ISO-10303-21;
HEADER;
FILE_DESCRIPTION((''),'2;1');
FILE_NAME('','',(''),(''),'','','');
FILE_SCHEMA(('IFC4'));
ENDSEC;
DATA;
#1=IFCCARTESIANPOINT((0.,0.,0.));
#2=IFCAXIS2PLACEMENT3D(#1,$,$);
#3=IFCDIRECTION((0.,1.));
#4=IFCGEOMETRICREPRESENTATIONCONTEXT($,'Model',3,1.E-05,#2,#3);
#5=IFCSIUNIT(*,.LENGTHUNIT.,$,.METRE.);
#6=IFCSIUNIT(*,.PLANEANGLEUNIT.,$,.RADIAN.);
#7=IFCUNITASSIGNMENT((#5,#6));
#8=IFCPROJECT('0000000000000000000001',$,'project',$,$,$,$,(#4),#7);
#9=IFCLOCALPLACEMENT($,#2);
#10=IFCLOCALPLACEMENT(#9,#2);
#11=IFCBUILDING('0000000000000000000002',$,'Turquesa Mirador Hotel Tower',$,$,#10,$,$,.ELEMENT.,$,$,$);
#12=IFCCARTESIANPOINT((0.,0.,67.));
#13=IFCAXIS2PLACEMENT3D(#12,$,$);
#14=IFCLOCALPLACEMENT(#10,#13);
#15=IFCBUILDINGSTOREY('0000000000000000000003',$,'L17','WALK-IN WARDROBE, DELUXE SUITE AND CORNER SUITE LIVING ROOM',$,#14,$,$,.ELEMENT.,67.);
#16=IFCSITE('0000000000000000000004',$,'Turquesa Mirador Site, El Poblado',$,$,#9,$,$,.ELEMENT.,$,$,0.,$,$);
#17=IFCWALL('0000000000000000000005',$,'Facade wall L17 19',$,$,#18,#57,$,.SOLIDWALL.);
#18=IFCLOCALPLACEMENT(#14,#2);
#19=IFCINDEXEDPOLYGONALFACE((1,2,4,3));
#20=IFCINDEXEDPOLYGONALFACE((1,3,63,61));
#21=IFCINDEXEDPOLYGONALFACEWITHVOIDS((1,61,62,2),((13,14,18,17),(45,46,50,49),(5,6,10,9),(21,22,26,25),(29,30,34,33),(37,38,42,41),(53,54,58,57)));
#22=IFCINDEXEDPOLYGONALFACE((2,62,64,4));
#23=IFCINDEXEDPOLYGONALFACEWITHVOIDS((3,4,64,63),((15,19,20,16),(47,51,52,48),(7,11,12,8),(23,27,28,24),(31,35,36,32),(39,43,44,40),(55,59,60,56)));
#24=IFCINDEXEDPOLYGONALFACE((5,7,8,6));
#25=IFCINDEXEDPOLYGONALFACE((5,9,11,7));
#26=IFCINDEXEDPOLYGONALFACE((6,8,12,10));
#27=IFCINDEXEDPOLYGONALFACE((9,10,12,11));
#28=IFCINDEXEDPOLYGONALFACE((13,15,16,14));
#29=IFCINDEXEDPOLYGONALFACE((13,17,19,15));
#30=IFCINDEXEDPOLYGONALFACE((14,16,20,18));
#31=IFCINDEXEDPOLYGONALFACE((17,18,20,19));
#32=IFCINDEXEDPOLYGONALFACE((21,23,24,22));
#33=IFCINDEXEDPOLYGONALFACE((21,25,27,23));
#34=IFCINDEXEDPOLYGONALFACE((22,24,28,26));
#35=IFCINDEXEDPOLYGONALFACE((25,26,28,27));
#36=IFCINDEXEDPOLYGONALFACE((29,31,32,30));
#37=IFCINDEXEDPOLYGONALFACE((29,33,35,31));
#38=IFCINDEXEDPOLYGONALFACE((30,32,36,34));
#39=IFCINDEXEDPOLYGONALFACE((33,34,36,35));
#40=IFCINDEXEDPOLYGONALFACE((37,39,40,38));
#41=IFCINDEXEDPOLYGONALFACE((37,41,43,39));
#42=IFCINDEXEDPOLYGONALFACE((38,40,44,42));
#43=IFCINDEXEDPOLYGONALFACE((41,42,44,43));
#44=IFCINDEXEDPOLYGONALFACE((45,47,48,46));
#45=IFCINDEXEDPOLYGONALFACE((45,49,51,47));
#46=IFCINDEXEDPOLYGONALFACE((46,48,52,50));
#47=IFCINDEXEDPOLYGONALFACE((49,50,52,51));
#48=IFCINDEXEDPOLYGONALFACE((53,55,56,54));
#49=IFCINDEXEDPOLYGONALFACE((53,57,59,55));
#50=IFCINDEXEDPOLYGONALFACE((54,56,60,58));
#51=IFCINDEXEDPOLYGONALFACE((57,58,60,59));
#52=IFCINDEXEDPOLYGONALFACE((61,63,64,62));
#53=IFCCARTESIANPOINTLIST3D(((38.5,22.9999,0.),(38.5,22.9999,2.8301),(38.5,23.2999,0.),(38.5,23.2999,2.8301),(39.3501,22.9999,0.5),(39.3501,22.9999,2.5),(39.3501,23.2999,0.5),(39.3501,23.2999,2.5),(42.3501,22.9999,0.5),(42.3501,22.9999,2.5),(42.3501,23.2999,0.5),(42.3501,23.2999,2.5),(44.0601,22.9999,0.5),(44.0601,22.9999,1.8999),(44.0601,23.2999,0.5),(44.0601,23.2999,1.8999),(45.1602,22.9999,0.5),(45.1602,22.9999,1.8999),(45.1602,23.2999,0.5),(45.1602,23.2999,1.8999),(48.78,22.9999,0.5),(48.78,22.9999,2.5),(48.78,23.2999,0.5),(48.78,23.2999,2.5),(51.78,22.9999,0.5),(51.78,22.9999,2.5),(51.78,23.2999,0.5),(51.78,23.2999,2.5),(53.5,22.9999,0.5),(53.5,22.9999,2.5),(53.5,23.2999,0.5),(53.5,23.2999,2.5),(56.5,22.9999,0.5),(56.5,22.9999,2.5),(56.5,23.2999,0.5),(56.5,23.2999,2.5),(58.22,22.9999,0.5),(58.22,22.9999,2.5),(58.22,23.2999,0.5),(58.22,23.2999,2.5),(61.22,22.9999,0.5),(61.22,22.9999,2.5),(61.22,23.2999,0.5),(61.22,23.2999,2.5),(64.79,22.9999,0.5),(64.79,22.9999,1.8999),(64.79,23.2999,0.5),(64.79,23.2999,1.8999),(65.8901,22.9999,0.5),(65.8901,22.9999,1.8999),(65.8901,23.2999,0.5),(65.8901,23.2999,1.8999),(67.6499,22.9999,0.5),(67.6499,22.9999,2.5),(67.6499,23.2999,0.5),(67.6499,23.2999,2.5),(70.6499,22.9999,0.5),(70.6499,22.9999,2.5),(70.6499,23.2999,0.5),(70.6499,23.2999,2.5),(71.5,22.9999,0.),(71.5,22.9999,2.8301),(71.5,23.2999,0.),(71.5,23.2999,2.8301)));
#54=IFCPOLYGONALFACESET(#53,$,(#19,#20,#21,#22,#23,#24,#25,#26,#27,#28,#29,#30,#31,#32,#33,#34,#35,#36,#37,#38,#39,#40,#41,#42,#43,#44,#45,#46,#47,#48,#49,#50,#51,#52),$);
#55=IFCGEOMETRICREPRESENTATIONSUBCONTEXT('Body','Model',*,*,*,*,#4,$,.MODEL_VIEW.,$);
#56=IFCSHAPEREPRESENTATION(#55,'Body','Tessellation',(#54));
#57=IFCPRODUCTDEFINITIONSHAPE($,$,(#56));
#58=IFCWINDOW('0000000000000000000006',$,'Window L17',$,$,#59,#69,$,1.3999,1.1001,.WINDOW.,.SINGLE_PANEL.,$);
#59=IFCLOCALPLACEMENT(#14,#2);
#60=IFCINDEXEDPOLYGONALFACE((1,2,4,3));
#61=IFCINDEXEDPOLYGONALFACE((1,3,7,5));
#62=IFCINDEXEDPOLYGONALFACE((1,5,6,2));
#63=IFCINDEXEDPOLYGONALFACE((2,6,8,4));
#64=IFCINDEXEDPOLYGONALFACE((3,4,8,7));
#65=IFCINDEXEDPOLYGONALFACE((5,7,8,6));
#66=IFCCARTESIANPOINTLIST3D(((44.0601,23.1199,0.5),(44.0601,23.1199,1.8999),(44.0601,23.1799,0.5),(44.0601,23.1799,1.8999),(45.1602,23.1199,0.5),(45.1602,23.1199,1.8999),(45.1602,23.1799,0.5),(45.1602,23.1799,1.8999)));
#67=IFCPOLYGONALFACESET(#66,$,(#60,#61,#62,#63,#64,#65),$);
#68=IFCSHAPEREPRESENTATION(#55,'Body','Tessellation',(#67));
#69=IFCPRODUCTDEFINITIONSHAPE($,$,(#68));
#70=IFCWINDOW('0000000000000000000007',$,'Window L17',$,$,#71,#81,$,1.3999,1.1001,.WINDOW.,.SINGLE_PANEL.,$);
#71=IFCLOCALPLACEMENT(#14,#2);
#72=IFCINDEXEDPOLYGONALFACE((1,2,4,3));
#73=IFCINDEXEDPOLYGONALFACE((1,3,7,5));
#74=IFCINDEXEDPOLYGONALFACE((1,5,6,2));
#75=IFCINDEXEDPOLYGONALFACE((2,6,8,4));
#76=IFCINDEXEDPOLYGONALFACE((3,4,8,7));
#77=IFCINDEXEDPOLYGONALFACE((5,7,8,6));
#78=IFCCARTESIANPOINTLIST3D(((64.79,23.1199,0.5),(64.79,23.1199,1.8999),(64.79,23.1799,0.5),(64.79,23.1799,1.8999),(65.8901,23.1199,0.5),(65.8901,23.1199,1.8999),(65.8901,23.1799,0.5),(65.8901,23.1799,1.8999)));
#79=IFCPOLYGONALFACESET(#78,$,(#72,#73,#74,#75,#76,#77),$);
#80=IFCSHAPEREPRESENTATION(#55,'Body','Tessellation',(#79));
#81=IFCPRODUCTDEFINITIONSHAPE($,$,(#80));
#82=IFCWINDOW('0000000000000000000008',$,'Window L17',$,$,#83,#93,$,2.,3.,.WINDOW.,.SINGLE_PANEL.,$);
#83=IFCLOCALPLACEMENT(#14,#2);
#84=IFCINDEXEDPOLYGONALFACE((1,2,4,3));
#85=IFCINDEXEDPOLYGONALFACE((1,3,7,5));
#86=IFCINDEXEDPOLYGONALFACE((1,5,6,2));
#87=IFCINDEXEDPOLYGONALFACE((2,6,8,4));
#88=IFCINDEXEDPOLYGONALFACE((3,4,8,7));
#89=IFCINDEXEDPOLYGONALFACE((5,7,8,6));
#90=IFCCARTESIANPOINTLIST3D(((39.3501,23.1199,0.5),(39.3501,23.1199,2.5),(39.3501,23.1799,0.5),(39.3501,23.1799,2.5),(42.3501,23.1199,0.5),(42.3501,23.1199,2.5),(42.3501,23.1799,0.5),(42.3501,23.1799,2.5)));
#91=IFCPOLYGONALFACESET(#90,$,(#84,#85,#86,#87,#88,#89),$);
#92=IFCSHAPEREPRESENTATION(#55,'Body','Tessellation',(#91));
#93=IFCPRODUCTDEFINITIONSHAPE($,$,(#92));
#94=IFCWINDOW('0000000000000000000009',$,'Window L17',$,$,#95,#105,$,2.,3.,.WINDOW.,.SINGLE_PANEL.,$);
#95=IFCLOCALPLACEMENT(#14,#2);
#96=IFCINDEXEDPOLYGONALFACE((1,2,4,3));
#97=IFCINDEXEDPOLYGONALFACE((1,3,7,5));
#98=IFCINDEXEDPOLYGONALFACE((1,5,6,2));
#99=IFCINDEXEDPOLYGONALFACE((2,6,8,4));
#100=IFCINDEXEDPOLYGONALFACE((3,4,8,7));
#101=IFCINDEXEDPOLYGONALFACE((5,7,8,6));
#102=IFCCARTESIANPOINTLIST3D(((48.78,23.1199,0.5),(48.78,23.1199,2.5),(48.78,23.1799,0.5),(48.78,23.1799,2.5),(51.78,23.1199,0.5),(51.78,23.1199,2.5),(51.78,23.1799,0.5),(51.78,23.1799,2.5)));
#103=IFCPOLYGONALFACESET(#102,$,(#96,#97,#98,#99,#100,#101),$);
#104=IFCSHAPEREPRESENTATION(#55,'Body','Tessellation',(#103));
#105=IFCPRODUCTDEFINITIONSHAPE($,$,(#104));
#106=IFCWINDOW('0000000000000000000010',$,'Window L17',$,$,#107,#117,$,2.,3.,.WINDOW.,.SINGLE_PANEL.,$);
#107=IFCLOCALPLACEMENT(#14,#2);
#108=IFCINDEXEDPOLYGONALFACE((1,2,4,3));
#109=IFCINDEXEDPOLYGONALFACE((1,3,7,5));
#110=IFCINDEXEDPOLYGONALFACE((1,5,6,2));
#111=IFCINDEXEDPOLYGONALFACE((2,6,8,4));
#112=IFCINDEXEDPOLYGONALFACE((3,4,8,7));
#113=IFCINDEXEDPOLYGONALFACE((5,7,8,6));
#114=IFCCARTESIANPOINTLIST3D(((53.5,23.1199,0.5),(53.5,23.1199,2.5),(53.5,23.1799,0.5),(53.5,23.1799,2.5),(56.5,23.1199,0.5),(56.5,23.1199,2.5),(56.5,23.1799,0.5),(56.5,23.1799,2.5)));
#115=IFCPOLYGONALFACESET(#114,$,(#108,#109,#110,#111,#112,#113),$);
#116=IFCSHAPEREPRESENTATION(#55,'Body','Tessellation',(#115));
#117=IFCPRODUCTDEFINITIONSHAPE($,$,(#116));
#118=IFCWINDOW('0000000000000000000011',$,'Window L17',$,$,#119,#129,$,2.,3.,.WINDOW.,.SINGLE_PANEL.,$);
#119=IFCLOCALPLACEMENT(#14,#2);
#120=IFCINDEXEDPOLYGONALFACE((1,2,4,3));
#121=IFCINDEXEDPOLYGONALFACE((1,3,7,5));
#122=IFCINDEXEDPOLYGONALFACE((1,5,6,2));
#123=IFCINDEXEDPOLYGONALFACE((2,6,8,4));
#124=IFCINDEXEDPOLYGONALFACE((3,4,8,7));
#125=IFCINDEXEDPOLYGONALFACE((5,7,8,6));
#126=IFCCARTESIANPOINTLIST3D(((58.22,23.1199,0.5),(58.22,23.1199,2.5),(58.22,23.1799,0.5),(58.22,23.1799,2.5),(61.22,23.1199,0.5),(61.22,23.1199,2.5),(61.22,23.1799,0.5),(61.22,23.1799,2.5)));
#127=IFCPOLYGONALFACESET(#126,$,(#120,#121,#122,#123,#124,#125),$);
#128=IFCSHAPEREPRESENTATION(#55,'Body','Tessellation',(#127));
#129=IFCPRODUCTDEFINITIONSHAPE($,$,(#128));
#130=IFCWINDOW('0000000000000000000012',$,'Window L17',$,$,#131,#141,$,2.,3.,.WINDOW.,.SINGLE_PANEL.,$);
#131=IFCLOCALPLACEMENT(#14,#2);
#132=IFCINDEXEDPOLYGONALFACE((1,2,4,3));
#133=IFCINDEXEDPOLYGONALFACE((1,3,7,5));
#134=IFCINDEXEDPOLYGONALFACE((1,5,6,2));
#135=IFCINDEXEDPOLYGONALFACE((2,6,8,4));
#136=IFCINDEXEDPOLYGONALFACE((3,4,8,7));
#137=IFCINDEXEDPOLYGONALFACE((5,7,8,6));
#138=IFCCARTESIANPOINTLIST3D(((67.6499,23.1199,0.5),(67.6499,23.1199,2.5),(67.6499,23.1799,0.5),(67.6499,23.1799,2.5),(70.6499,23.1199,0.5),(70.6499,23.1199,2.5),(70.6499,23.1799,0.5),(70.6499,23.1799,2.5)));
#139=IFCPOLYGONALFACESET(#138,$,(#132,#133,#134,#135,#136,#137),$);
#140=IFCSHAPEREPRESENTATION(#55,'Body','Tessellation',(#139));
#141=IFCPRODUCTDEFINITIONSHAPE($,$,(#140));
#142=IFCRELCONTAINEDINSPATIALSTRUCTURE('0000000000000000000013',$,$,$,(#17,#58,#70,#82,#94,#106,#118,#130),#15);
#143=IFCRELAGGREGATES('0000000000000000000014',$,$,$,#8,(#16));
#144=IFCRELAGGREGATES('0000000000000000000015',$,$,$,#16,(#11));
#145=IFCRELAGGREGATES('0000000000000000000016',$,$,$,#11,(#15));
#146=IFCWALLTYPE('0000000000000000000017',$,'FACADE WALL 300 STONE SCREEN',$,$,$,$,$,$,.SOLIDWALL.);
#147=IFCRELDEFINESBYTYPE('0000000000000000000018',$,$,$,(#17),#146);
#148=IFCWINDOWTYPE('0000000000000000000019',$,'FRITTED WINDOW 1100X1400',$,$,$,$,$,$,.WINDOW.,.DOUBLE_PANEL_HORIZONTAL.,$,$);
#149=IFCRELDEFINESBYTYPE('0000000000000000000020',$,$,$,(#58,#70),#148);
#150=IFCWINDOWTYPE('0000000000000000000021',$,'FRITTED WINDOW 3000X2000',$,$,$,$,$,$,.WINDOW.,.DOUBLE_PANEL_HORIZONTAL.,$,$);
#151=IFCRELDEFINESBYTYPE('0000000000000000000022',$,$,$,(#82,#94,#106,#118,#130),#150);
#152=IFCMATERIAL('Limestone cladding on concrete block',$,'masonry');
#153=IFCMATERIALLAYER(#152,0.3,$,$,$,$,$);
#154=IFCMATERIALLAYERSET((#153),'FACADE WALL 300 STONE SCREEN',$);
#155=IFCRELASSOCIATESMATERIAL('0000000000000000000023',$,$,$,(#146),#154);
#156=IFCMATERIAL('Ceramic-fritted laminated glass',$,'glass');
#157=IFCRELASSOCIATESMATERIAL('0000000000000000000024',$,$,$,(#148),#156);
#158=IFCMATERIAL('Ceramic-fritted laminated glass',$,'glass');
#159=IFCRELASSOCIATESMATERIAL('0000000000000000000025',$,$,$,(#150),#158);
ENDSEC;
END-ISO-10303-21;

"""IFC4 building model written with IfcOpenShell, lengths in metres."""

from ifc_helpers import new_model, si_unit, direction, frame, frame_2d, origin, place, context, subcontext, project, spatial, rectangle, extrude, material, layer, layer_set, type_object, element, fill, save


model = new_model("IFC4")

# Units and contexts
model_context = context("Model", 3, precision=1e-05, world=origin(), true_north=direction((0.0, 1.0)))
body_context = subcontext(model_context, "Body", "Model", "MODEL_VIEW")
ifc_project = project(units=[si_unit("LENGTHUNIT", "METRE"), si_unit("PLANEANGLEUNIT", "RADIAN")], contexts=[model_context])

# Site, building, storey
site_placement = place(None, origin())
site = spatial("IfcSite", under=ifc_project, at=site_placement, Name="Turquesa Mirador Site, El Poblado", CompositionType="ELEMENT", RefElevation=0.0)
building_placement = place(site_placement, origin())
building = spatial("IfcBuilding", under=site, at=building_placement, Name="Turquesa Mirador Hotel Tower", CompositionType="ELEMENT")
storey_placement = place(building_placement, frame((0.0, 0.0, 67.0)))
storey = spatial("IfcBuildingStorey", under=building, at=storey_placement, Name="L17", Description="WALK-IN WARDROBE, DELUXE SUITE AND CORNER SUITE LIVING ROOM", CompositionType="ELEMENT", Elevation=67.0)

# Shared definitions
ifc_material_1 = material(Name="Limestone cladding on concrete block", Category="masonry")
ifc_layer_1 = layer(ifc_material_1, 0.3)
ifc_layer_set_1 = layer_set([ifc_layer_1], Name="FACADE WALL 300 STONE SCREEN")
wall_type_1 = type_object("IfcWallType", Name="FACADE WALL 300 STONE SCREEN", PredefinedType="SOLIDWALL", material=ifc_layer_set_1)

# Wall, openings, windows
wall_1_placement = place(storey_placement, frame((38.5, 23.1499, 0.0), z_axis=(0.0, 0.0, 1.0), x_axis=(1.0, 0.0, 0.0)))
wall_1 = element("IfcWall", 1, at=wall_1_placement, inside=storey, type_object=wall_type_1, Name="Facade wall L17 19", PredefinedType="SOLIDWALL", context=body_context, shape_type="SweptSolid", body=[
    extrude(rectangle(XDim=33.0, YDim=0.3, at=frame_2d((16.5, 0.0))), origin(), (0.0, 0.0, 1.0), 2.8301),
])
opening_1_placement = place(wall_1_placement, frame((0.8501, 0.0, 0.5)))
opening_1 = element("IfcOpeningElement", 2, at=opening_1_placement, cuts=wall_1, PredefinedType="OPENING", context=body_context, shape_type="SweptSolid", body=[
    extrude(rectangle(XDim=3.0, YDim=2.0, at=frame_2d((1.5, 1.0))), frame((0.0, 0.1599, 0.0), z_axis=(0.0, -1.0, 0.0), x_axis=(1.0, 0.0, 0.0)), (0.0, 0.0, 1.0), 0.3201),
])
opening_2_placement = place(wall_1_placement, frame((5.5601, 0.0, 0.5)))
opening_2 = element("IfcOpeningElement", 3, at=opening_2_placement, cuts=wall_1, PredefinedType="OPENING", context=body_context, shape_type="SweptSolid", body=[
    extrude(rectangle(XDim=1.1001, YDim=1.3999, at=frame_2d((0.55, 0.7))), frame((0.0, 0.1599, 0.0), z_axis=(0.0, -1.0, 0.0), x_axis=(1.0, 0.0, 0.0)), (0.0, 0.0, 1.0), 0.3201),
])
opening_3_placement = place(wall_1_placement, frame((10.28, 0.0, 0.5)))
opening_3 = element("IfcOpeningElement", 4, at=opening_3_placement, cuts=wall_1, PredefinedType="OPENING", context=body_context, shape_type="SweptSolid", body=[
    extrude(rectangle(XDim=3.0, YDim=2.0, at=frame_2d((1.5, 1.0))), frame((0.0, 0.1599, 0.0), z_axis=(0.0, -1.0, 0.0), x_axis=(1.0, 0.0, 0.0)), (0.0, 0.0, 1.0), 0.3201),
])
opening_4_placement = place(wall_1_placement, frame((15.0, 0.0, 0.5)))
opening_4 = element("IfcOpeningElement", 5, at=opening_4_placement, cuts=wall_1, PredefinedType="OPENING", context=body_context, shape_type="SweptSolid", body=[
    extrude(rectangle(XDim=3.0, YDim=2.0, at=frame_2d((1.5, 1.0))), frame((0.0, 0.1599, 0.0), z_axis=(0.0, -1.0, 0.0), x_axis=(1.0, 0.0, 0.0)), (0.0, 0.0, 1.0), 0.3201),
])
opening_5_placement = place(wall_1_placement, frame((19.72, 0.0, 0.5)))
opening_5 = element("IfcOpeningElement", 6, at=opening_5_placement, cuts=wall_1, PredefinedType="OPENING", context=body_context, shape_type="SweptSolid", body=[
    extrude(rectangle(XDim=3.0, YDim=2.0, at=frame_2d((1.5, 1.0))), frame((0.0, 0.1599, 0.0), z_axis=(0.0, -1.0, 0.0), x_axis=(1.0, 0.0, 0.0)), (0.0, 0.0, 1.0), 0.3201),
])
opening_6_placement = place(wall_1_placement, frame((26.29, 0.0, 0.5)))
opening_6 = element("IfcOpeningElement", 7, at=opening_6_placement, cuts=wall_1, PredefinedType="OPENING", context=body_context, shape_type="SweptSolid", body=[
    extrude(rectangle(XDim=1.1001, YDim=1.3999, at=frame_2d((0.55, 0.7))), frame((0.0, 0.1599, 0.0), z_axis=(0.0, -1.0, 0.0), x_axis=(1.0, 0.0, 0.0)), (0.0, 0.0, 1.0), 0.3201),
])
opening_7_placement = place(wall_1_placement, frame((29.1499, 0.0, 0.5)))
opening_7 = element("IfcOpeningElement", 8, at=opening_7_placement, cuts=wall_1, PredefinedType="OPENING", context=body_context, shape_type="SweptSolid", body=[
    extrude(rectangle(XDim=3.0, YDim=2.0, at=frame_2d((1.5, 1.0))), frame((0.0, 0.1599, 0.0), z_axis=(0.0, -1.0, 0.0), x_axis=(1.0, 0.0, 0.0)), (0.0, 0.0, 1.0), 0.3201),
])
ifc_material_2 = material(Name="Ceramic-fritted laminated glass", Category="glass")
window_type_1 = type_object("IfcWindowType", Name="FRITTED WINDOW 1100X1400", PartitioningType="DOUBLE_PANEL_HORIZONTAL", PredefinedType="WINDOW", material=ifc_material_2)
window_1_placement = place(opening_2_placement, origin())
window_1 = element("IfcWindow", 9, at=window_1_placement, inside=storey, type_object=window_type_1, Name="Window L17", OverallHeight=1.3999, OverallWidth=1.1001, PartitioningType="SINGLE_PANEL", PredefinedType="WINDOW", context=body_context, shape_type="SweptSolid", body=[
    extrude(rectangle(XDim=1.1001, YDim=1.3999, at=frame_2d((0.55, 0.7))), frame((0.0, 0.03, 0.0), z_axis=(0.0, -1.0, 0.0), x_axis=(1.0, 0.0, 0.0)), (0.0, 0.0, 1.0), 0.0601),
])
fill(opening_2, window_1)
window_2_placement = place(opening_6_placement, origin())
window_2 = element("IfcWindow", 10, at=window_2_placement, inside=storey, type_object=window_type_1, Name="Window L17", OverallHeight=1.3999, OverallWidth=1.1001, PartitioningType="SINGLE_PANEL", PredefinedType="WINDOW", context=body_context, shape_type="SweptSolid", body=[
    extrude(rectangle(XDim=1.1001, YDim=1.3999, at=frame_2d((0.55, 0.7))), frame((0.0, 0.03, 0.0), z_axis=(0.0, -1.0, 0.0), x_axis=(1.0, 0.0, 0.0)), (0.0, 0.0, 1.0), 0.0601),
])
fill(opening_6, window_2)
ifc_material_3 = material(Name="Ceramic-fritted laminated glass", Category="glass")
window_type_2 = type_object("IfcWindowType", Name="FRITTED WINDOW 3000X2000", PartitioningType="DOUBLE_PANEL_HORIZONTAL", PredefinedType="WINDOW", material=ifc_material_3)
window_3_placement = place(opening_1_placement, origin())
window_3 = element("IfcWindow", 11, at=window_3_placement, inside=storey, type_object=window_type_2, Name="Window L17", OverallHeight=2.0, OverallWidth=3.0, PartitioningType="SINGLE_PANEL", PredefinedType="WINDOW", context=body_context, shape_type="SweptSolid", body=[
    extrude(rectangle(XDim=3.0, YDim=2.0, at=frame_2d((1.5, 1.0))), frame((0.0, 0.03, 0.0), z_axis=(0.0, -1.0, 0.0), x_axis=(1.0, 0.0, 0.0)), (0.0, 0.0, 1.0), 0.0601),
])
fill(opening_1, window_3)
window_4_placement = place(opening_3_placement, origin())
window_4 = element("IfcWindow", 12, at=window_4_placement, inside=storey, type_object=window_type_2, Name="Window L17", OverallHeight=2.0, OverallWidth=3.0, PartitioningType="SINGLE_PANEL", PredefinedType="WINDOW", context=body_context, shape_type="SweptSolid", body=[
    extrude(rectangle(XDim=3.0, YDim=2.0, at=frame_2d((1.5, 1.0))), frame((0.0, 0.03, 0.0), z_axis=(0.0, -1.0, 0.0), x_axis=(1.0, 0.0, 0.0)), (0.0, 0.0, 1.0), 0.0601),
])
fill(opening_3, window_4)
window_5_placement = place(opening_4_placement, origin())
window_5 = element("IfcWindow", 13, at=window_5_placement, inside=storey, type_object=window_type_2, Name="Window L17", OverallHeight=2.0, OverallWidth=3.0, PartitioningType="SINGLE_PANEL", PredefinedType="WINDOW", context=body_context, shape_type="SweptSolid", body=[
    extrude(rectangle(XDim=3.0, YDim=2.0, at=frame_2d((1.5, 1.0))), frame((0.0, 0.03, 0.0), z_axis=(0.0, -1.0, 0.0), x_axis=(1.0, 0.0, 0.0)), (0.0, 0.0, 1.0), 0.0601),
])
fill(opening_4, window_5)
window_6_placement = place(opening_5_placement, origin())
window_6 = element("IfcWindow", 14, at=window_6_placement, inside=storey, type_object=window_type_2, Name="Window L17", OverallHeight=2.0, OverallWidth=3.0, PartitioningType="SINGLE_PANEL", PredefinedType="WINDOW", context=body_context, shape_type="SweptSolid", body=[
    extrude(rectangle(XDim=3.0, YDim=2.0, at=frame_2d((1.5, 1.0))), frame((0.0, 0.03, 0.0), z_axis=(0.0, -1.0, 0.0), x_axis=(1.0, 0.0, 0.0)), (0.0, 0.0, 1.0), 0.0601),
])
fill(opening_5, window_6)
window_7_placement = place(opening_7_placement, origin())
window_7 = element("IfcWindow", 15, at=window_7_placement, inside=storey, type_object=window_type_2, Name="Window L17", OverallHeight=2.0, OverallWidth=3.0, PartitioningType="SINGLE_PANEL", PredefinedType="WINDOW", context=body_context, shape_type="SweptSolid", body=[
    extrude(rectangle(XDim=3.0, YDim=2.0, at=frame_2d((1.5, 1.0))), frame((0.0, 0.03, 0.0), z_axis=(0.0, -1.0, 0.0), x_axis=(1.0, 0.0, 0.0)), (0.0, 0.0, 1.0), 0.0601),
])
fill(opening_7, window_7)

save(model, "model.ifc")
